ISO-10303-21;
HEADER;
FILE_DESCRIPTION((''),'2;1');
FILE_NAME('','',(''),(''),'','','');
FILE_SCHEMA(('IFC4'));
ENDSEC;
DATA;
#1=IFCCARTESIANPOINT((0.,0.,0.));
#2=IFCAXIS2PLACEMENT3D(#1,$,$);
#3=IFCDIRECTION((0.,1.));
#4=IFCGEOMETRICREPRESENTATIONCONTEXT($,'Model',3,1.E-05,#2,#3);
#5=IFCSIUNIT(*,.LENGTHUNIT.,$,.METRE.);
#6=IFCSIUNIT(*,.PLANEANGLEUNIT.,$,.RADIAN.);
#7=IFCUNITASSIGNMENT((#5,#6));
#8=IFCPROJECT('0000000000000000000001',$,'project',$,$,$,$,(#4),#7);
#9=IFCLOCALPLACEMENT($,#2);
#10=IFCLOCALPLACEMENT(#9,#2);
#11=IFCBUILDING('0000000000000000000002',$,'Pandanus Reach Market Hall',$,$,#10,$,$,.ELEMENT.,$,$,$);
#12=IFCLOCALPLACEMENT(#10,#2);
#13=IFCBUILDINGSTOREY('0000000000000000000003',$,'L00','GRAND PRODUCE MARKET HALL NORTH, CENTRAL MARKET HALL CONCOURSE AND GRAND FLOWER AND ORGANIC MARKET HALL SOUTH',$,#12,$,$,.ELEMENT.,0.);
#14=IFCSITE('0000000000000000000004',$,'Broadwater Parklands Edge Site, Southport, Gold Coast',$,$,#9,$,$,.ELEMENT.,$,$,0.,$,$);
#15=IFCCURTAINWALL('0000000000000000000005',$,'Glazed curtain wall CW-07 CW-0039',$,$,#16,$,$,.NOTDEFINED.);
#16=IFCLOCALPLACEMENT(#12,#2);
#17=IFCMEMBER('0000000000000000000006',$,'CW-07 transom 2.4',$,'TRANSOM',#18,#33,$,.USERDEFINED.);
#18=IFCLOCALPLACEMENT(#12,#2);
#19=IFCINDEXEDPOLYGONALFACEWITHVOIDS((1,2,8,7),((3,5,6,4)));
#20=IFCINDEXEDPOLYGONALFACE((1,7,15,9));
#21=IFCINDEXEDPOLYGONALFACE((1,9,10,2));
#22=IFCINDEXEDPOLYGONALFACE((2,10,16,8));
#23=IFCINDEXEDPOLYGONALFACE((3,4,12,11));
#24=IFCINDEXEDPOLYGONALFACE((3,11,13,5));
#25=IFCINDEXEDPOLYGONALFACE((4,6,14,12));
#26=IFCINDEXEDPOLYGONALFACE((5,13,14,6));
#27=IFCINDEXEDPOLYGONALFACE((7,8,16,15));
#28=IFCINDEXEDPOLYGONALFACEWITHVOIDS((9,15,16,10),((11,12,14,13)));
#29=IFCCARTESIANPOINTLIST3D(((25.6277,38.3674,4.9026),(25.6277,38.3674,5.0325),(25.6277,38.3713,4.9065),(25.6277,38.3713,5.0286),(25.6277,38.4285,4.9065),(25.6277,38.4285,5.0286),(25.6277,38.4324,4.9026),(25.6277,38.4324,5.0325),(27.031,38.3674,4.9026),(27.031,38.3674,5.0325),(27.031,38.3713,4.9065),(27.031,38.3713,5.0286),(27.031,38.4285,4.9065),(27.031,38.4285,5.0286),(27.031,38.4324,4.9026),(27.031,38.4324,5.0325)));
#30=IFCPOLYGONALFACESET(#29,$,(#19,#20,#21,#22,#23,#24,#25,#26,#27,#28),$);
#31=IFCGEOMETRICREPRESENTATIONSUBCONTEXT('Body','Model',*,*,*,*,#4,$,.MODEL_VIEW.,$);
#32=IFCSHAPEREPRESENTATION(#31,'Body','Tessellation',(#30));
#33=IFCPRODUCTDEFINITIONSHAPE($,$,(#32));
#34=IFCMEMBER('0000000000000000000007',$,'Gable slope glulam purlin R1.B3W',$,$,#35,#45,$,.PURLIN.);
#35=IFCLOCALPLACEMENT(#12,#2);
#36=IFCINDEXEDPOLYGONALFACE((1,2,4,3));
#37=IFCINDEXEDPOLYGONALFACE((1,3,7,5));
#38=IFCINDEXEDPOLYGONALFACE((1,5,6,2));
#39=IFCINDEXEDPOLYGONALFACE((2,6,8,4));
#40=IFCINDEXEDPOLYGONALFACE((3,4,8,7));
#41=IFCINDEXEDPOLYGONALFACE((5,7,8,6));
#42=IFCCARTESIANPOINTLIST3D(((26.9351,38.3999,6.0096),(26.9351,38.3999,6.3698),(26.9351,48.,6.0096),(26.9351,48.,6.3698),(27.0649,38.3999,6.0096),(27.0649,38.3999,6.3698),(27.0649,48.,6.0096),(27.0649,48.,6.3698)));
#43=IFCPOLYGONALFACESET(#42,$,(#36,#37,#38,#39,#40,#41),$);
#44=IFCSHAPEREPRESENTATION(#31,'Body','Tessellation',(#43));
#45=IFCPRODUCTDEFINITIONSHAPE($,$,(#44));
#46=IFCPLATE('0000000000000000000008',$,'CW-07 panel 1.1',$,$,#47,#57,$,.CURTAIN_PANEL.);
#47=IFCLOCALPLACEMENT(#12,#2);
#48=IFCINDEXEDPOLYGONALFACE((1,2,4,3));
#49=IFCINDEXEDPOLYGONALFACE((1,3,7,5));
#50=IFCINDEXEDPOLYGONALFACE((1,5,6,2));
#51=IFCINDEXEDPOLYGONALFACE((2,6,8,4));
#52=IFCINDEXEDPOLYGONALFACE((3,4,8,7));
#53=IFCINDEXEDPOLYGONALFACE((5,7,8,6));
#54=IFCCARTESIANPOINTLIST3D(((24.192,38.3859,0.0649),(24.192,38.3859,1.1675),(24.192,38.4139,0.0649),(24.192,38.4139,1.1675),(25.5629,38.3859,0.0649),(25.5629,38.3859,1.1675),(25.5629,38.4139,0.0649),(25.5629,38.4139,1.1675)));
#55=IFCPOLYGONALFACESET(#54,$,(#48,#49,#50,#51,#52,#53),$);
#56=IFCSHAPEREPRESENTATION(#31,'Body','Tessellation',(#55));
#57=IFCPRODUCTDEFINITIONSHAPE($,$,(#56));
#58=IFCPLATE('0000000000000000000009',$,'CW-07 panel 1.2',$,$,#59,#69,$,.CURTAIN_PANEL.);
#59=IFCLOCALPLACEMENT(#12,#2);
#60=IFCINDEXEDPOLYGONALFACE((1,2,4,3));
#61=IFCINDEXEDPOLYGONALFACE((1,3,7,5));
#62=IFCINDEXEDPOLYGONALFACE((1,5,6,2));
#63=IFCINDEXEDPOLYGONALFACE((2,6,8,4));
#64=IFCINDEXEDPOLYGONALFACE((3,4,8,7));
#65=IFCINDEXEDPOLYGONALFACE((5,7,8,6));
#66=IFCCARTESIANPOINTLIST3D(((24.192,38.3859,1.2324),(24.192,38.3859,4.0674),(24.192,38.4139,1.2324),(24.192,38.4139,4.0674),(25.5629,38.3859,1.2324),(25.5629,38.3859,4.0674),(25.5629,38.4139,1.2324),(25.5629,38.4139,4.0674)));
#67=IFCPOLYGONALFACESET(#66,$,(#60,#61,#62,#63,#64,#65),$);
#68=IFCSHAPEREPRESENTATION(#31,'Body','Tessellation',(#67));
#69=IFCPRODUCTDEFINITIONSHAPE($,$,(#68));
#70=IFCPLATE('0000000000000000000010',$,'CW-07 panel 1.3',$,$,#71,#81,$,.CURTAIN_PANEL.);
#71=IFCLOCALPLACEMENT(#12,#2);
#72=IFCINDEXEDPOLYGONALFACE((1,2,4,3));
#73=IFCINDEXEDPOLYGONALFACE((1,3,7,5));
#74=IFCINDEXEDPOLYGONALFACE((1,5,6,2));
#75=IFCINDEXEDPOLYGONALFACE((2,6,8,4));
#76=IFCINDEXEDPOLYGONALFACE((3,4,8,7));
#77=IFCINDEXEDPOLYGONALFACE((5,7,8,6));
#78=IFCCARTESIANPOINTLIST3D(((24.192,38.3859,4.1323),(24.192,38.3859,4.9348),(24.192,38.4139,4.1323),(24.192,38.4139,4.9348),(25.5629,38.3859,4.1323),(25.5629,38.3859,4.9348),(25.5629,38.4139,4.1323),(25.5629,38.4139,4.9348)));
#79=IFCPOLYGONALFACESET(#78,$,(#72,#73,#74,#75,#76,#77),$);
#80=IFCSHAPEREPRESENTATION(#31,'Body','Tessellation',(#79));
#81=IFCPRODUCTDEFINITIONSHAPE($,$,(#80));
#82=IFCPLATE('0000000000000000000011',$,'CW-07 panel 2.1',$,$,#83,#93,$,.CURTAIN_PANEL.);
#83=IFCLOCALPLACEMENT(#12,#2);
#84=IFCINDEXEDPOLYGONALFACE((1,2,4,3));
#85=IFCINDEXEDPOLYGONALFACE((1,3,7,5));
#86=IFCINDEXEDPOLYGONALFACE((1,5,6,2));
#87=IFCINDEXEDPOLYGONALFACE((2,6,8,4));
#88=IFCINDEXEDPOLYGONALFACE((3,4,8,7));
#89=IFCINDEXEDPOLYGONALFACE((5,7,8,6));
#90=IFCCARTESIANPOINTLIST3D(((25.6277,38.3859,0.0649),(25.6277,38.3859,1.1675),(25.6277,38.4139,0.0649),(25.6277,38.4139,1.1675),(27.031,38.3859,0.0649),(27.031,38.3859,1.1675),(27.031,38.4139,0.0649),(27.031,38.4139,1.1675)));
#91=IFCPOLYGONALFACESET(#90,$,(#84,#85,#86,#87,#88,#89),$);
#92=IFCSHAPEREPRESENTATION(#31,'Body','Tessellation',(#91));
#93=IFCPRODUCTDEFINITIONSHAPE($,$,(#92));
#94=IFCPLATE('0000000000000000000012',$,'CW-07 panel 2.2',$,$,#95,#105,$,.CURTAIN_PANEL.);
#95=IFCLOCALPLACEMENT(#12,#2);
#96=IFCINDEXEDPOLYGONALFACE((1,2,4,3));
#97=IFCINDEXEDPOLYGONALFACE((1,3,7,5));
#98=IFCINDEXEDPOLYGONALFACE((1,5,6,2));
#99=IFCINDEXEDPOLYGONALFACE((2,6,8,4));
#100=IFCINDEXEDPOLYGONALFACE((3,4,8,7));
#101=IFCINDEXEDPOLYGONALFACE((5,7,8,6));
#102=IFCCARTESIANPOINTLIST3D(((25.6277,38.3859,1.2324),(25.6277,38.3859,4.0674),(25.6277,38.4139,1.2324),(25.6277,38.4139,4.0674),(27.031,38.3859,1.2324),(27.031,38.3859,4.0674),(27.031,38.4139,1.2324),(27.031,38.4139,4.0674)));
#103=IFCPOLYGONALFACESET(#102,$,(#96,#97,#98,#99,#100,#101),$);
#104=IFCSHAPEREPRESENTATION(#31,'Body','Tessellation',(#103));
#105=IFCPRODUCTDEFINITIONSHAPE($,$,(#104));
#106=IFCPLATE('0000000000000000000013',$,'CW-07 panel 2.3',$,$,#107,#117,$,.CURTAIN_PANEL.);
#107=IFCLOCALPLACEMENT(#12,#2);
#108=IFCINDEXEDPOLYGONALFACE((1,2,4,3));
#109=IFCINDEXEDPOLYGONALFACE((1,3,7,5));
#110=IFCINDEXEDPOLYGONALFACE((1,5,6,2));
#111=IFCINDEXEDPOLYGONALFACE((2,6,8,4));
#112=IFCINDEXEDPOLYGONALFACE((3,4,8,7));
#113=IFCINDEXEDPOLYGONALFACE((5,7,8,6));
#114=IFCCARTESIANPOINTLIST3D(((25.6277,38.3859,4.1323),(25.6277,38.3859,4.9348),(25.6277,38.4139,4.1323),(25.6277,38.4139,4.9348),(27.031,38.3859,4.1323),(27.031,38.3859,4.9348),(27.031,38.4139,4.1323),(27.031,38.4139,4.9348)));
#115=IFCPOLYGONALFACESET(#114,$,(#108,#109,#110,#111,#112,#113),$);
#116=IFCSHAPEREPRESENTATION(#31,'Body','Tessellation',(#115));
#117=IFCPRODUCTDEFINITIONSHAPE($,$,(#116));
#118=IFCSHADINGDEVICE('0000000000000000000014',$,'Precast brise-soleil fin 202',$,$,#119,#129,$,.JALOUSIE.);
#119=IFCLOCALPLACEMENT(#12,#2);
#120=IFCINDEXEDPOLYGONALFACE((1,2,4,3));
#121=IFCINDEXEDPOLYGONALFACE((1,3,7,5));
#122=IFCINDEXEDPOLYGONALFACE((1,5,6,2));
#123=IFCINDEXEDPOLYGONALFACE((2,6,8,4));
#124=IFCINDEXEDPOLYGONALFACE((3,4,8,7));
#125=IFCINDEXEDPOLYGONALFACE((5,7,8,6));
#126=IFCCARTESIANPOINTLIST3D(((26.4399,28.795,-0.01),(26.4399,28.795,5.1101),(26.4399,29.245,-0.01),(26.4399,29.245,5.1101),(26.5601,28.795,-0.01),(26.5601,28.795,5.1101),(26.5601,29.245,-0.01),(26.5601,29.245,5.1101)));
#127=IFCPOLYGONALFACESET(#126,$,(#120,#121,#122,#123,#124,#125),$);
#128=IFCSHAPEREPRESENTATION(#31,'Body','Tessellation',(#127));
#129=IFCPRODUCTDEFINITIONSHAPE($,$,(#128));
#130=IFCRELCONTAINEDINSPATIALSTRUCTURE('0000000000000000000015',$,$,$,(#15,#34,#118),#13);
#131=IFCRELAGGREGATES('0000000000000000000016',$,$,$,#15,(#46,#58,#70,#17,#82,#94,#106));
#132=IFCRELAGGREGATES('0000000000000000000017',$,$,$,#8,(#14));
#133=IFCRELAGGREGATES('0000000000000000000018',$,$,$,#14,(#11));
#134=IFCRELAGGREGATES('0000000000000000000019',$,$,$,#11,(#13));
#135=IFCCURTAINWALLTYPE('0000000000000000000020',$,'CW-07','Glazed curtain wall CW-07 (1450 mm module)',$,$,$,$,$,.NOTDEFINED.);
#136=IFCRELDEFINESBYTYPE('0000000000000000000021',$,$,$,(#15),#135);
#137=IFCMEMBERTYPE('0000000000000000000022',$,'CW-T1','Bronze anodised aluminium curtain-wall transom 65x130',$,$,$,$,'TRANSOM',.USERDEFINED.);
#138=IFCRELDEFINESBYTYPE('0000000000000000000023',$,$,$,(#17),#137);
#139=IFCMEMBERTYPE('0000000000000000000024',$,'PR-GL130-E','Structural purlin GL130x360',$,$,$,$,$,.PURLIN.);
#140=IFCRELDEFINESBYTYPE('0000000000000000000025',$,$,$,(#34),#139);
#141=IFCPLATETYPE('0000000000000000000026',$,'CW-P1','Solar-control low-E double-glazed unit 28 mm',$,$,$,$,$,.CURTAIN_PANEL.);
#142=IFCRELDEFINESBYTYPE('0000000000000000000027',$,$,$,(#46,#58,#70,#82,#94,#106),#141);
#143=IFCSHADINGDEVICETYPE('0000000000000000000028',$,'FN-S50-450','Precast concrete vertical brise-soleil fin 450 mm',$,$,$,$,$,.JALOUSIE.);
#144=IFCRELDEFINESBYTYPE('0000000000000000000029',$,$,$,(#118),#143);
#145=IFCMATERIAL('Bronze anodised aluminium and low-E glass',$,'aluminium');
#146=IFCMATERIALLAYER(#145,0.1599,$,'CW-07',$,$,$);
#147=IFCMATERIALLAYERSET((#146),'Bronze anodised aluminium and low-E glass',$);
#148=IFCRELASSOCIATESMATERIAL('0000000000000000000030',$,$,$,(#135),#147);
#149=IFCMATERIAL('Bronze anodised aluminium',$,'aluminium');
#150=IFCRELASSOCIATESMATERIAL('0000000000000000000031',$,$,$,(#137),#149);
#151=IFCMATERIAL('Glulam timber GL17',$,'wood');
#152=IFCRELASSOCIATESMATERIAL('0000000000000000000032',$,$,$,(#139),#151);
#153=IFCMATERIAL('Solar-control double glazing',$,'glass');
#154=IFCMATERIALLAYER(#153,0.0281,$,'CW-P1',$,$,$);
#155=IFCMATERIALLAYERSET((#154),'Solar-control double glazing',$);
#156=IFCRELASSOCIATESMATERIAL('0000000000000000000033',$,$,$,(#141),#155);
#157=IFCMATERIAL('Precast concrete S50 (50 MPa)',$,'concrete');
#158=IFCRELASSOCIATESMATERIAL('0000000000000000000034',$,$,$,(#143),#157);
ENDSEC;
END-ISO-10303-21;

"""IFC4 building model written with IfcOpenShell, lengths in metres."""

from ifc_helpers import new_model, si_unit, direction, frame, origin, origin_2d, place, context, subcontext, project, spatial, rectangle, hollow_rectangle, extrude, material, layer, layer_set, material_profile, profile_set, type_object, element, aggregate, save


model = new_model("IFC4")

# Units and contexts
model_context = context("Model", 3, precision=1e-05, world=origin(), true_north=direction((0.0, 1.0)))
body_context = subcontext(model_context, "Body", "Model", "MODEL_VIEW")
ifc_project = project(units=[si_unit("LENGTHUNIT", "METRE"), si_unit("PLANEANGLEUNIT", "RADIAN")], contexts=[model_context])

# Site, building, storey
site_placement = place(None, origin())
site = spatial("IfcSite", under=ifc_project, at=site_placement, Name="Broadwater Parklands Edge Site, Southport, Gold Coast", CompositionType="ELEMENT", RefElevation=0.0)
building_placement = place(site_placement, origin())
building = spatial("IfcBuilding", under=site, at=building_placement, Name="Pandanus Reach Market Hall", CompositionType="ELEMENT")
storey_placement = place(building_placement, origin())
storey = spatial("IfcBuildingStorey", under=building, at=storey_placement, Name="L00", Description="GRAND PRODUCE MARKET HALL NORTH, CENTRAL MARKET HALL CONCOURSE AND GRAND FLOWER AND ORGANIC MARKET HALL SOUTH", CompositionType="ELEMENT", Elevation=0.0)

# Curtain wall, member
ifc_material_1 = material(Name="Bronze anodised aluminium and low-E glass", Category="aluminium")
ifc_layer_1 = layer(ifc_material_1, 0.1599, Name="CW-07")
ifc_layer_set_1 = layer_set([ifc_layer_1], Name="Bronze anodised aluminium and low-E glass")
curtain_wall_type = type_object("IfcCurtainWallType", Name="CW-07", Description="Glazed curtain wall CW-07 (1450 mm module)", PredefinedType="NOTDEFINED", material=ifc_layer_set_1)
curtain_wall_placement = place(storey_placement, origin())
curtain_wall = element("IfcCurtainWall", 1, at=curtain_wall_placement, inside=storey, type_object=curtain_wall_type, Name="Glazed curtain wall CW-07 CW-0039", PredefinedType="NOTDEFINED")
ifc_material_2 = material(Name="Bronze anodised aluminium", Category="aluminium")
ifc_material_profile_1 = material_profile(ifc_material_2, hollow_rectangle(XDim=0.0649, YDim=0.1299, WallThickness=0.0039, at=origin_2d()), Name="ALU65x130", Category="LoadBearing")
ifc_profile_set_1 = profile_set([ifc_material_profile_1], Name="Bronze anodised aluminium")
member_type_1 = type_object("IfcMemberType", Name="CW-T1", Description="Bronze anodised aluminium curtain-wall transom 65x130", ElementType="TRANSOM", PredefinedType="USERDEFINED", material=ifc_profile_set_1)
member_1_placement = place(storey_placement, frame((25.6277, 38.3999, 4.9675), z_axis=(1.0, 0.0, 0.0), x_axis=(0.0, 1.0, 0.0)))
member_1 = element("IfcMember", 2, at=member_1_placement, type_object=member_type_1, Name="CW-07 transom 2.4", ObjectType="TRANSOM", PredefinedType="USERDEFINED", context=body_context, shape_type="SweptSolid", body=[
    extrude(hollow_rectangle(XDim=0.0649, YDim=0.1299, WallThickness=0.0039, at=origin_2d()), origin(), (0.0, 0.0, 1.0), 1.4033),
])

# Member
ifc_material_3 = material(Name="Glulam timber GL17", Category="wood")
ifc_material_profile_2 = material_profile(ifc_material_3, rectangle(XDim=0.1299, YDim=0.3601, at=origin_2d()), Name="GL130x360", Category="LoadBearing")
ifc_profile_set_2 = profile_set([ifc_material_profile_2], Name="Glulam timber GL17")
member_type_2 = type_object("IfcMemberType", Name="PR-GL130-E", Description="Structural purlin GL130x360", PredefinedType="PURLIN", material=ifc_profile_set_2)
member_2_placement = place(storey_placement, frame((27.0, 38.3999, 6.1897), z_axis=(0.0, 1.0, 0.0), x_axis=(-1.0, 0.0, 0.0)))
element("IfcMember", 3, at=member_2_placement, inside=storey, type_object=member_type_2, Name="Gable slope glulam purlin R1.B3W", PredefinedType="PURLIN", context=body_context, shape_type="SweptSolid", body=[
    extrude(rectangle(XDim=0.1299, YDim=0.3601, at=origin_2d()), origin(), (0.0, 0.0, 1.0), 9.6001),
])

# Plates
ifc_material_4 = material(Name="Solar-control double glazing", Category="glass")
ifc_layer_2 = layer(ifc_material_4, 0.0281, Name="CW-P1")
ifc_layer_set_2 = layer_set([ifc_layer_2], Name="Solar-control double glazing")
plate_type = type_object("IfcPlateType", Name="CW-P1", Description="Solar-control low-E double-glazed unit 28 mm", PredefinedType="CURTAIN_PANEL", material=ifc_layer_set_2)
plate_1_placement = place(storey_placement, frame((24.8774, 38.3999, 0.0649), z_axis=(0.0, 0.0, 1.0), x_axis=(1.0, 0.0, 0.0)))
plate_1 = element("IfcPlate", 4, at=plate_1_placement, type_object=plate_type, Name="CW-07 panel 1.1", PredefinedType="CURTAIN_PANEL", context=body_context, shape_type="SweptSolid", body=[
    extrude(rectangle(XDim=1.3708, YDim=0.0281, at=origin_2d()), origin(), (0.0, 0.0, 1.0), 1.1025),
])
plate_2_placement = place(storey_placement, frame((24.8774, 38.3999, 1.2324), z_axis=(0.0, 0.0, 1.0), x_axis=(1.0, 0.0, 0.0)))
plate_2 = element("IfcPlate", 5, at=plate_2_placement, type_object=plate_type, Name="CW-07 panel 1.2", PredefinedType="CURTAIN_PANEL", context=body_context, shape_type="SweptSolid", body=[
    extrude(rectangle(XDim=1.3708, YDim=0.0281, at=origin_2d()), origin(), (0.0, 0.0, 1.0), 2.835),
])
plate_3_placement = place(storey_placement, frame((24.8774, 38.3999, 4.1323), z_axis=(0.0, 0.0, 1.0), x_axis=(1.0, 0.0, 0.0)))
plate_3 = element("IfcPlate", 6, at=plate_3_placement, type_object=plate_type, Name="CW-07 panel 1.3", PredefinedType="CURTAIN_PANEL", context=body_context, shape_type="SweptSolid", body=[
    extrude(rectangle(XDim=1.3708, YDim=0.0281, at=origin_2d()), origin(), (0.0, 0.0, 1.0), 0.8025),
])
plate_4_placement = place(storey_placement, frame((26.3293, 38.3999, 0.0649), z_axis=(0.0, 0.0, 1.0), x_axis=(1.0, 0.0, 0.0)))
plate_4 = element("IfcPlate", 7, at=plate_4_placement, type_object=plate_type, Name="CW-07 panel 2.1", PredefinedType="CURTAIN_PANEL", context=body_context, shape_type="SweptSolid", body=[
    extrude(rectangle(XDim=1.4033, YDim=0.0281, at=origin_2d()), origin(), (0.0, 0.0, 1.0), 1.1025),
])
plate_5_placement = place(storey_placement, frame((26.3293, 38.3999, 1.2324), z_axis=(0.0, 0.0, 1.0), x_axis=(1.0, 0.0, 0.0)))
plate_5 = element("IfcPlate", 8, at=plate_5_placement, type_object=plate_type, Name="CW-07 panel 2.2", PredefinedType="CURTAIN_PANEL", context=body_context, shape_type="SweptSolid", body=[
    extrude(rectangle(XDim=1.4033, YDim=0.0281, at=origin_2d()), origin(), (0.0, 0.0, 1.0), 2.835),
])
plate_6_placement = place(storey_placement, frame((26.3293, 38.3999, 4.1323), z_axis=(0.0, 0.0, 1.0), x_axis=(1.0, 0.0, 0.0)))
plate_6 = element("IfcPlate", 9, at=plate_6_placement, type_object=plate_type, Name="CW-07 panel 2.3", PredefinedType="CURTAIN_PANEL", context=body_context, shape_type="SweptSolid", body=[
    extrude(rectangle(XDim=1.4033, YDim=0.0281, at=origin_2d()), origin(), (0.0, 0.0, 1.0), 0.8025),
])
aggregate(curtain_wall, [plate_1, plate_2, plate_3, member_1, plate_4, plate_5, plate_6])

# Shading device
ifc_material_5 = material(Name="Precast concrete S50 (50 MPa)", Category="concrete")
shading_device_type = type_object("IfcShadingDeviceType", Name="FN-S50-450", Description="Precast concrete vertical brise-soleil fin 450 mm", PredefinedType="JALOUSIE", material=ifc_material_5)
shading_device_placement = place(storey_placement, frame((26.5, 29.02, -0.01), z_axis=(0.0, 0.0, 1.0), x_axis=(0.0, 1.0, 0.0)))
element("IfcShadingDevice", 10, at=shading_device_placement, inside=storey, type_object=shading_device_type, Name="Precast brise-soleil fin 202", PredefinedType="JALOUSIE", context=body_context, shape_type="SweptSolid", body=[
    extrude(rectangle(XDim=0.45, YDim=0.1201, at=origin_2d()), origin(), (0.0, 0.0, 1.0), 5.1201),
])

save(model, "model.ifc")
